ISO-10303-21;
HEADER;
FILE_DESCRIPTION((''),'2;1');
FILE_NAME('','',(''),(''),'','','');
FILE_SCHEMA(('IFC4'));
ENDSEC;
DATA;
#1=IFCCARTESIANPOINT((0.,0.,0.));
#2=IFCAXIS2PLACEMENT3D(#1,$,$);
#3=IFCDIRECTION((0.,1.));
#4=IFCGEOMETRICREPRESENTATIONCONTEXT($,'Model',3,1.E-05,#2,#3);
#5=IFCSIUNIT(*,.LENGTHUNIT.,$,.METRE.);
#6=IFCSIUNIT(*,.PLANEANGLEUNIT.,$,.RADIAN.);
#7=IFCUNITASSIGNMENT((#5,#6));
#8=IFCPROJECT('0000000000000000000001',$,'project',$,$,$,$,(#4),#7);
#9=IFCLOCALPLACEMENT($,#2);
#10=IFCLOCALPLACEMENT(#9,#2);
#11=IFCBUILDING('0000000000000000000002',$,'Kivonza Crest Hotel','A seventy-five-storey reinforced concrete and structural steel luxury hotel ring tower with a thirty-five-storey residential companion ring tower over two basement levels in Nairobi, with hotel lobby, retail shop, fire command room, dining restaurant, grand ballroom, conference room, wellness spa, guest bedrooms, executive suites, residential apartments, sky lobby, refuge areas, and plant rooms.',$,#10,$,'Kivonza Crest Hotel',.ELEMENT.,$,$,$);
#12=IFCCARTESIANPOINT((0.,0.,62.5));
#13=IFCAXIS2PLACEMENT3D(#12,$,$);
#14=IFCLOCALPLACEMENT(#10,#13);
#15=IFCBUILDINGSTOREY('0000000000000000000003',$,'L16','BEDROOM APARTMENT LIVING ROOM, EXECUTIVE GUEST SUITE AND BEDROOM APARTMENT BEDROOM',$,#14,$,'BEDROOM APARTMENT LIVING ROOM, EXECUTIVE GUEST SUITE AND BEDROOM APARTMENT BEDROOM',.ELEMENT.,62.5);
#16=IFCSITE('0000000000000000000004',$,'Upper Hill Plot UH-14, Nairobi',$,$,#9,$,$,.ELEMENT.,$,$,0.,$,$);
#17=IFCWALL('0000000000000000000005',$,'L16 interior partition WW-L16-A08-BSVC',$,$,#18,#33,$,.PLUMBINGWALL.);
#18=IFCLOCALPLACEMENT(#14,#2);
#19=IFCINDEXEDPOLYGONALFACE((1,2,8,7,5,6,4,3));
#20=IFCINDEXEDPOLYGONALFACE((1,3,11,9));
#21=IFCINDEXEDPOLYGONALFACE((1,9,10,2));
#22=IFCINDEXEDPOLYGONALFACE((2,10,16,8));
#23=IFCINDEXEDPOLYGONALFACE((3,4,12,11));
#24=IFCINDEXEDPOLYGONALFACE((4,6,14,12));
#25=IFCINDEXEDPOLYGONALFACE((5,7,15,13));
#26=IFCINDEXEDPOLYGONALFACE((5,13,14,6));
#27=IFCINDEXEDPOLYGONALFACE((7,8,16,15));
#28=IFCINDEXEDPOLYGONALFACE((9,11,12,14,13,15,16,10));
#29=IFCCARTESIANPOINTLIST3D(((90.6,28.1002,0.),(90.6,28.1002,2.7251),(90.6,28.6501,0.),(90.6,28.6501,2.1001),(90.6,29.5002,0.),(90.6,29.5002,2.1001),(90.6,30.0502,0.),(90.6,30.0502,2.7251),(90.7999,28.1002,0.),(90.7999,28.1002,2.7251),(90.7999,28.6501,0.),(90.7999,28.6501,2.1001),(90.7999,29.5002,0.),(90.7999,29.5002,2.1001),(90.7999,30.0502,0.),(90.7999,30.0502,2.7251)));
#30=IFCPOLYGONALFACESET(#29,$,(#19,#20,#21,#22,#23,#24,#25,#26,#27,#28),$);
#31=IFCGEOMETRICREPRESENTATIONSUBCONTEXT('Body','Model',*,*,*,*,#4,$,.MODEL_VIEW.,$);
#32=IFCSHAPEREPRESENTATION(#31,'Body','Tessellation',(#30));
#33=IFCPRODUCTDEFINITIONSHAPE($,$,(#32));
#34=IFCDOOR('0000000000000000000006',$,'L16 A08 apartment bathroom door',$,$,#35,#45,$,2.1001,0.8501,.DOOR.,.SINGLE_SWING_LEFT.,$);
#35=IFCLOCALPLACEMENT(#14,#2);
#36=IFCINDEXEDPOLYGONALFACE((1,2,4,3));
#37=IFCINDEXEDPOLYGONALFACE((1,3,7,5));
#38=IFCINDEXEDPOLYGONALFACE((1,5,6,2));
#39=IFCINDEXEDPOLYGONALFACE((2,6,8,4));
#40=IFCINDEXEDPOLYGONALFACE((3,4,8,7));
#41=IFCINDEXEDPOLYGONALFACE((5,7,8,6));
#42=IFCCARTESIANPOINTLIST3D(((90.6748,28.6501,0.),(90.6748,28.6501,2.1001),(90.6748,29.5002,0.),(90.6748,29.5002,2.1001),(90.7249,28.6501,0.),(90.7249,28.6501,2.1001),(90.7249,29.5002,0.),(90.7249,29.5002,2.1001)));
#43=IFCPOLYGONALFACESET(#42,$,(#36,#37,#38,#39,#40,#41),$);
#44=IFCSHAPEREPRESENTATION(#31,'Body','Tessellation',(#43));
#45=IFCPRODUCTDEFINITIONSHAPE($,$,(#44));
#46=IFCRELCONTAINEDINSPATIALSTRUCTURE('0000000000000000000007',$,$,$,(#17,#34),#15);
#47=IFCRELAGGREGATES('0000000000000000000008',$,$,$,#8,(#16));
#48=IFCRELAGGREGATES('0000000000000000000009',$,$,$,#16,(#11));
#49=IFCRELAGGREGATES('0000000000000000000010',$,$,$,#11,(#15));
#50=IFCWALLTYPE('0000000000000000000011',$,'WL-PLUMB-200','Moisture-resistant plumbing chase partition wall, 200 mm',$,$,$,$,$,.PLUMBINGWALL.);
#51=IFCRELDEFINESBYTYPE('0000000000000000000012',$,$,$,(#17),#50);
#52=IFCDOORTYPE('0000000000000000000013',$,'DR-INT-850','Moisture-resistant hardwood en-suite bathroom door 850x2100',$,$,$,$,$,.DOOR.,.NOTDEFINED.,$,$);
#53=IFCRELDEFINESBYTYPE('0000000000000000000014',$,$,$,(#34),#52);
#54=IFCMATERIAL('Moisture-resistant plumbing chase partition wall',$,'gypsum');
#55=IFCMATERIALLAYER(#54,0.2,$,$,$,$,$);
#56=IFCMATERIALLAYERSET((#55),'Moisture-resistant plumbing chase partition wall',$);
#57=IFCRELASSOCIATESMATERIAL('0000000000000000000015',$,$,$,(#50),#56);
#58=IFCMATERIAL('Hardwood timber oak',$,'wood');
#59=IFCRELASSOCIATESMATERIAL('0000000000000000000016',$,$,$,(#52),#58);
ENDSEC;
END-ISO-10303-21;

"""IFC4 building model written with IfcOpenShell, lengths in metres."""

from ifc_helpers import new_model, si_unit, direction, frame, frame_2d, origin, place, context, subcontext, project, spatial, rectangle, extrude, material, layer, layer_set, type_object, element, fill, save


model = new_model("IFC4")

# Units and contexts
model_context = context("Model", 3, precision=1e-05, world=origin(), true_north=direction((0.0, 1.0)))
body_context = subcontext(model_context, "Body", "Model", "MODEL_VIEW")
ifc_project = project(units=[si_unit("LENGTHUNIT", "METRE"), si_unit("PLANEANGLEUNIT", "RADIAN")], contexts=[model_context])

# Site, building, storey
site_placement = place(None, origin())
site = spatial("IfcSite", under=ifc_project, at=site_placement, Name="Upper Hill Plot UH-14, Nairobi", CompositionType="ELEMENT", RefElevation=0.0)
building_placement = place(site_placement, origin())
building = spatial("IfcBuilding", under=site, at=building_placement, Name="Kivonza Crest Hotel", Description="A seventy-five-storey reinforced concrete and structural steel luxury hotel ring tower with a thirty-five-storey residential companion ring tower over two basement levels in Nairobi, with hotel lobby, retail shop, fire command room, dining restaurant, grand ballroom, conference room, wellness spa, guest bedrooms, executive suites, residential apartments, sky lobby, refuge areas, and plant rooms.", LongName="Kivonza Crest Hotel", CompositionType="ELEMENT")
storey_placement = place(building_placement, frame((0.0, 0.0, 62.5)))
storey = spatial("IfcBuildingStorey", under=building, at=storey_placement, Name="L16", Description="BEDROOM APARTMENT LIVING ROOM, EXECUTIVE GUEST SUITE AND BEDROOM APARTMENT BEDROOM", LongName="BEDROOM APARTMENT LIVING ROOM, EXECUTIVE GUEST SUITE AND BEDROOM APARTMENT BEDROOM", CompositionType="ELEMENT", Elevation=62.5)

# Wall, opening, door
ifc_material_1 = material(Name="Hardwood timber oak", Category="wood")
ifc_material_2 = material(Name="Moisture-resistant plumbing chase partition wall", Category="gypsum")
ifc_layer_1 = layer(ifc_material_2, 0.2)
ifc_layer_set_1 = layer_set([ifc_layer_1], Name="Moisture-resistant plumbing chase partition wall")
wall_type_1 = type_object("IfcWallType", Name="WL-PLUMB-200", Description="Moisture-resistant plumbing chase partition wall, 200 mm", PredefinedType="PLUMBINGWALL", material=ifc_layer_set_1)
wall_1_placement = place(storey_placement, frame((90.7, 28.1001, 0.0), z_axis=(0.0, 0.0, 1.0), x_axis=(0.0, 1.0, 0.0)))
wall_1 = element("IfcWall", 1, at=wall_1_placement, inside=storey, type_object=wall_type_1, Name="L16 interior partition WW-L16-A08-BSVC", PredefinedType="PLUMBINGWALL", context=body_context, shape_type="SweptSolid", body=[
    extrude(rectangle(XDim=1.95, YDim=0.2, at=frame_2d((0.9751, 0.0))), origin(), (0.0, 0.0, 1.0), 2.7251),
])
opening_1_placement = place(wall_1_placement, frame((0.55, 0.0, 0.0)))
opening_1 = element("IfcOpeningElement", 2, at=opening_1_placement, cuts=wall_1, PredefinedType="OPENING", context=body_context, shape_type="SweptSolid", body=[
    extrude(rectangle(XDim=0.8501, YDim=2.1001, at=frame_2d((0.425, 1.05))), frame((0.0, 0.1099, 0.0), z_axis=(0.0, -1.0, 0.0), x_axis=(1.0, 0.0, 0.0)), (0.0, 0.0, 1.0), 0.22),
])
door_type_1 = type_object("IfcDoorType", Name="DR-INT-850", Description="Moisture-resistant hardwood en-suite bathroom door 850x2100", OperationType="NOTDEFINED", PredefinedType="DOOR", material=ifc_material_1)
door_1_placement = place(opening_1_placement, frame((0.8501, 0.0, 0.0), z_axis=(0.0, 0.0, 1.0), x_axis=(-1.0, 0.0, 0.0)))
door_1 = element("IfcDoor", 3, at=door_1_placement, inside=storey, type_object=door_type_1, Name="L16 A08 apartment bathroom door", OperationType="SINGLE_SWING_LEFT", OverallHeight=2.1001, OverallWidth=0.8501, PredefinedType="DOOR", context=body_context, shape_type="SweptSolid", body=[
    extrude(rectangle(XDim=0.8501, YDim=2.1001, at=frame_2d((0.425, 1.05))), frame((0.0, 0.0249, 0.0), z_axis=(0.0, -1.0, 0.0), x_axis=(1.0, 0.0, 0.0)), (0.0, 0.0, 1.0), 0.05),
])
fill(opening_1, door_1)

save(model, "model.ifc")
